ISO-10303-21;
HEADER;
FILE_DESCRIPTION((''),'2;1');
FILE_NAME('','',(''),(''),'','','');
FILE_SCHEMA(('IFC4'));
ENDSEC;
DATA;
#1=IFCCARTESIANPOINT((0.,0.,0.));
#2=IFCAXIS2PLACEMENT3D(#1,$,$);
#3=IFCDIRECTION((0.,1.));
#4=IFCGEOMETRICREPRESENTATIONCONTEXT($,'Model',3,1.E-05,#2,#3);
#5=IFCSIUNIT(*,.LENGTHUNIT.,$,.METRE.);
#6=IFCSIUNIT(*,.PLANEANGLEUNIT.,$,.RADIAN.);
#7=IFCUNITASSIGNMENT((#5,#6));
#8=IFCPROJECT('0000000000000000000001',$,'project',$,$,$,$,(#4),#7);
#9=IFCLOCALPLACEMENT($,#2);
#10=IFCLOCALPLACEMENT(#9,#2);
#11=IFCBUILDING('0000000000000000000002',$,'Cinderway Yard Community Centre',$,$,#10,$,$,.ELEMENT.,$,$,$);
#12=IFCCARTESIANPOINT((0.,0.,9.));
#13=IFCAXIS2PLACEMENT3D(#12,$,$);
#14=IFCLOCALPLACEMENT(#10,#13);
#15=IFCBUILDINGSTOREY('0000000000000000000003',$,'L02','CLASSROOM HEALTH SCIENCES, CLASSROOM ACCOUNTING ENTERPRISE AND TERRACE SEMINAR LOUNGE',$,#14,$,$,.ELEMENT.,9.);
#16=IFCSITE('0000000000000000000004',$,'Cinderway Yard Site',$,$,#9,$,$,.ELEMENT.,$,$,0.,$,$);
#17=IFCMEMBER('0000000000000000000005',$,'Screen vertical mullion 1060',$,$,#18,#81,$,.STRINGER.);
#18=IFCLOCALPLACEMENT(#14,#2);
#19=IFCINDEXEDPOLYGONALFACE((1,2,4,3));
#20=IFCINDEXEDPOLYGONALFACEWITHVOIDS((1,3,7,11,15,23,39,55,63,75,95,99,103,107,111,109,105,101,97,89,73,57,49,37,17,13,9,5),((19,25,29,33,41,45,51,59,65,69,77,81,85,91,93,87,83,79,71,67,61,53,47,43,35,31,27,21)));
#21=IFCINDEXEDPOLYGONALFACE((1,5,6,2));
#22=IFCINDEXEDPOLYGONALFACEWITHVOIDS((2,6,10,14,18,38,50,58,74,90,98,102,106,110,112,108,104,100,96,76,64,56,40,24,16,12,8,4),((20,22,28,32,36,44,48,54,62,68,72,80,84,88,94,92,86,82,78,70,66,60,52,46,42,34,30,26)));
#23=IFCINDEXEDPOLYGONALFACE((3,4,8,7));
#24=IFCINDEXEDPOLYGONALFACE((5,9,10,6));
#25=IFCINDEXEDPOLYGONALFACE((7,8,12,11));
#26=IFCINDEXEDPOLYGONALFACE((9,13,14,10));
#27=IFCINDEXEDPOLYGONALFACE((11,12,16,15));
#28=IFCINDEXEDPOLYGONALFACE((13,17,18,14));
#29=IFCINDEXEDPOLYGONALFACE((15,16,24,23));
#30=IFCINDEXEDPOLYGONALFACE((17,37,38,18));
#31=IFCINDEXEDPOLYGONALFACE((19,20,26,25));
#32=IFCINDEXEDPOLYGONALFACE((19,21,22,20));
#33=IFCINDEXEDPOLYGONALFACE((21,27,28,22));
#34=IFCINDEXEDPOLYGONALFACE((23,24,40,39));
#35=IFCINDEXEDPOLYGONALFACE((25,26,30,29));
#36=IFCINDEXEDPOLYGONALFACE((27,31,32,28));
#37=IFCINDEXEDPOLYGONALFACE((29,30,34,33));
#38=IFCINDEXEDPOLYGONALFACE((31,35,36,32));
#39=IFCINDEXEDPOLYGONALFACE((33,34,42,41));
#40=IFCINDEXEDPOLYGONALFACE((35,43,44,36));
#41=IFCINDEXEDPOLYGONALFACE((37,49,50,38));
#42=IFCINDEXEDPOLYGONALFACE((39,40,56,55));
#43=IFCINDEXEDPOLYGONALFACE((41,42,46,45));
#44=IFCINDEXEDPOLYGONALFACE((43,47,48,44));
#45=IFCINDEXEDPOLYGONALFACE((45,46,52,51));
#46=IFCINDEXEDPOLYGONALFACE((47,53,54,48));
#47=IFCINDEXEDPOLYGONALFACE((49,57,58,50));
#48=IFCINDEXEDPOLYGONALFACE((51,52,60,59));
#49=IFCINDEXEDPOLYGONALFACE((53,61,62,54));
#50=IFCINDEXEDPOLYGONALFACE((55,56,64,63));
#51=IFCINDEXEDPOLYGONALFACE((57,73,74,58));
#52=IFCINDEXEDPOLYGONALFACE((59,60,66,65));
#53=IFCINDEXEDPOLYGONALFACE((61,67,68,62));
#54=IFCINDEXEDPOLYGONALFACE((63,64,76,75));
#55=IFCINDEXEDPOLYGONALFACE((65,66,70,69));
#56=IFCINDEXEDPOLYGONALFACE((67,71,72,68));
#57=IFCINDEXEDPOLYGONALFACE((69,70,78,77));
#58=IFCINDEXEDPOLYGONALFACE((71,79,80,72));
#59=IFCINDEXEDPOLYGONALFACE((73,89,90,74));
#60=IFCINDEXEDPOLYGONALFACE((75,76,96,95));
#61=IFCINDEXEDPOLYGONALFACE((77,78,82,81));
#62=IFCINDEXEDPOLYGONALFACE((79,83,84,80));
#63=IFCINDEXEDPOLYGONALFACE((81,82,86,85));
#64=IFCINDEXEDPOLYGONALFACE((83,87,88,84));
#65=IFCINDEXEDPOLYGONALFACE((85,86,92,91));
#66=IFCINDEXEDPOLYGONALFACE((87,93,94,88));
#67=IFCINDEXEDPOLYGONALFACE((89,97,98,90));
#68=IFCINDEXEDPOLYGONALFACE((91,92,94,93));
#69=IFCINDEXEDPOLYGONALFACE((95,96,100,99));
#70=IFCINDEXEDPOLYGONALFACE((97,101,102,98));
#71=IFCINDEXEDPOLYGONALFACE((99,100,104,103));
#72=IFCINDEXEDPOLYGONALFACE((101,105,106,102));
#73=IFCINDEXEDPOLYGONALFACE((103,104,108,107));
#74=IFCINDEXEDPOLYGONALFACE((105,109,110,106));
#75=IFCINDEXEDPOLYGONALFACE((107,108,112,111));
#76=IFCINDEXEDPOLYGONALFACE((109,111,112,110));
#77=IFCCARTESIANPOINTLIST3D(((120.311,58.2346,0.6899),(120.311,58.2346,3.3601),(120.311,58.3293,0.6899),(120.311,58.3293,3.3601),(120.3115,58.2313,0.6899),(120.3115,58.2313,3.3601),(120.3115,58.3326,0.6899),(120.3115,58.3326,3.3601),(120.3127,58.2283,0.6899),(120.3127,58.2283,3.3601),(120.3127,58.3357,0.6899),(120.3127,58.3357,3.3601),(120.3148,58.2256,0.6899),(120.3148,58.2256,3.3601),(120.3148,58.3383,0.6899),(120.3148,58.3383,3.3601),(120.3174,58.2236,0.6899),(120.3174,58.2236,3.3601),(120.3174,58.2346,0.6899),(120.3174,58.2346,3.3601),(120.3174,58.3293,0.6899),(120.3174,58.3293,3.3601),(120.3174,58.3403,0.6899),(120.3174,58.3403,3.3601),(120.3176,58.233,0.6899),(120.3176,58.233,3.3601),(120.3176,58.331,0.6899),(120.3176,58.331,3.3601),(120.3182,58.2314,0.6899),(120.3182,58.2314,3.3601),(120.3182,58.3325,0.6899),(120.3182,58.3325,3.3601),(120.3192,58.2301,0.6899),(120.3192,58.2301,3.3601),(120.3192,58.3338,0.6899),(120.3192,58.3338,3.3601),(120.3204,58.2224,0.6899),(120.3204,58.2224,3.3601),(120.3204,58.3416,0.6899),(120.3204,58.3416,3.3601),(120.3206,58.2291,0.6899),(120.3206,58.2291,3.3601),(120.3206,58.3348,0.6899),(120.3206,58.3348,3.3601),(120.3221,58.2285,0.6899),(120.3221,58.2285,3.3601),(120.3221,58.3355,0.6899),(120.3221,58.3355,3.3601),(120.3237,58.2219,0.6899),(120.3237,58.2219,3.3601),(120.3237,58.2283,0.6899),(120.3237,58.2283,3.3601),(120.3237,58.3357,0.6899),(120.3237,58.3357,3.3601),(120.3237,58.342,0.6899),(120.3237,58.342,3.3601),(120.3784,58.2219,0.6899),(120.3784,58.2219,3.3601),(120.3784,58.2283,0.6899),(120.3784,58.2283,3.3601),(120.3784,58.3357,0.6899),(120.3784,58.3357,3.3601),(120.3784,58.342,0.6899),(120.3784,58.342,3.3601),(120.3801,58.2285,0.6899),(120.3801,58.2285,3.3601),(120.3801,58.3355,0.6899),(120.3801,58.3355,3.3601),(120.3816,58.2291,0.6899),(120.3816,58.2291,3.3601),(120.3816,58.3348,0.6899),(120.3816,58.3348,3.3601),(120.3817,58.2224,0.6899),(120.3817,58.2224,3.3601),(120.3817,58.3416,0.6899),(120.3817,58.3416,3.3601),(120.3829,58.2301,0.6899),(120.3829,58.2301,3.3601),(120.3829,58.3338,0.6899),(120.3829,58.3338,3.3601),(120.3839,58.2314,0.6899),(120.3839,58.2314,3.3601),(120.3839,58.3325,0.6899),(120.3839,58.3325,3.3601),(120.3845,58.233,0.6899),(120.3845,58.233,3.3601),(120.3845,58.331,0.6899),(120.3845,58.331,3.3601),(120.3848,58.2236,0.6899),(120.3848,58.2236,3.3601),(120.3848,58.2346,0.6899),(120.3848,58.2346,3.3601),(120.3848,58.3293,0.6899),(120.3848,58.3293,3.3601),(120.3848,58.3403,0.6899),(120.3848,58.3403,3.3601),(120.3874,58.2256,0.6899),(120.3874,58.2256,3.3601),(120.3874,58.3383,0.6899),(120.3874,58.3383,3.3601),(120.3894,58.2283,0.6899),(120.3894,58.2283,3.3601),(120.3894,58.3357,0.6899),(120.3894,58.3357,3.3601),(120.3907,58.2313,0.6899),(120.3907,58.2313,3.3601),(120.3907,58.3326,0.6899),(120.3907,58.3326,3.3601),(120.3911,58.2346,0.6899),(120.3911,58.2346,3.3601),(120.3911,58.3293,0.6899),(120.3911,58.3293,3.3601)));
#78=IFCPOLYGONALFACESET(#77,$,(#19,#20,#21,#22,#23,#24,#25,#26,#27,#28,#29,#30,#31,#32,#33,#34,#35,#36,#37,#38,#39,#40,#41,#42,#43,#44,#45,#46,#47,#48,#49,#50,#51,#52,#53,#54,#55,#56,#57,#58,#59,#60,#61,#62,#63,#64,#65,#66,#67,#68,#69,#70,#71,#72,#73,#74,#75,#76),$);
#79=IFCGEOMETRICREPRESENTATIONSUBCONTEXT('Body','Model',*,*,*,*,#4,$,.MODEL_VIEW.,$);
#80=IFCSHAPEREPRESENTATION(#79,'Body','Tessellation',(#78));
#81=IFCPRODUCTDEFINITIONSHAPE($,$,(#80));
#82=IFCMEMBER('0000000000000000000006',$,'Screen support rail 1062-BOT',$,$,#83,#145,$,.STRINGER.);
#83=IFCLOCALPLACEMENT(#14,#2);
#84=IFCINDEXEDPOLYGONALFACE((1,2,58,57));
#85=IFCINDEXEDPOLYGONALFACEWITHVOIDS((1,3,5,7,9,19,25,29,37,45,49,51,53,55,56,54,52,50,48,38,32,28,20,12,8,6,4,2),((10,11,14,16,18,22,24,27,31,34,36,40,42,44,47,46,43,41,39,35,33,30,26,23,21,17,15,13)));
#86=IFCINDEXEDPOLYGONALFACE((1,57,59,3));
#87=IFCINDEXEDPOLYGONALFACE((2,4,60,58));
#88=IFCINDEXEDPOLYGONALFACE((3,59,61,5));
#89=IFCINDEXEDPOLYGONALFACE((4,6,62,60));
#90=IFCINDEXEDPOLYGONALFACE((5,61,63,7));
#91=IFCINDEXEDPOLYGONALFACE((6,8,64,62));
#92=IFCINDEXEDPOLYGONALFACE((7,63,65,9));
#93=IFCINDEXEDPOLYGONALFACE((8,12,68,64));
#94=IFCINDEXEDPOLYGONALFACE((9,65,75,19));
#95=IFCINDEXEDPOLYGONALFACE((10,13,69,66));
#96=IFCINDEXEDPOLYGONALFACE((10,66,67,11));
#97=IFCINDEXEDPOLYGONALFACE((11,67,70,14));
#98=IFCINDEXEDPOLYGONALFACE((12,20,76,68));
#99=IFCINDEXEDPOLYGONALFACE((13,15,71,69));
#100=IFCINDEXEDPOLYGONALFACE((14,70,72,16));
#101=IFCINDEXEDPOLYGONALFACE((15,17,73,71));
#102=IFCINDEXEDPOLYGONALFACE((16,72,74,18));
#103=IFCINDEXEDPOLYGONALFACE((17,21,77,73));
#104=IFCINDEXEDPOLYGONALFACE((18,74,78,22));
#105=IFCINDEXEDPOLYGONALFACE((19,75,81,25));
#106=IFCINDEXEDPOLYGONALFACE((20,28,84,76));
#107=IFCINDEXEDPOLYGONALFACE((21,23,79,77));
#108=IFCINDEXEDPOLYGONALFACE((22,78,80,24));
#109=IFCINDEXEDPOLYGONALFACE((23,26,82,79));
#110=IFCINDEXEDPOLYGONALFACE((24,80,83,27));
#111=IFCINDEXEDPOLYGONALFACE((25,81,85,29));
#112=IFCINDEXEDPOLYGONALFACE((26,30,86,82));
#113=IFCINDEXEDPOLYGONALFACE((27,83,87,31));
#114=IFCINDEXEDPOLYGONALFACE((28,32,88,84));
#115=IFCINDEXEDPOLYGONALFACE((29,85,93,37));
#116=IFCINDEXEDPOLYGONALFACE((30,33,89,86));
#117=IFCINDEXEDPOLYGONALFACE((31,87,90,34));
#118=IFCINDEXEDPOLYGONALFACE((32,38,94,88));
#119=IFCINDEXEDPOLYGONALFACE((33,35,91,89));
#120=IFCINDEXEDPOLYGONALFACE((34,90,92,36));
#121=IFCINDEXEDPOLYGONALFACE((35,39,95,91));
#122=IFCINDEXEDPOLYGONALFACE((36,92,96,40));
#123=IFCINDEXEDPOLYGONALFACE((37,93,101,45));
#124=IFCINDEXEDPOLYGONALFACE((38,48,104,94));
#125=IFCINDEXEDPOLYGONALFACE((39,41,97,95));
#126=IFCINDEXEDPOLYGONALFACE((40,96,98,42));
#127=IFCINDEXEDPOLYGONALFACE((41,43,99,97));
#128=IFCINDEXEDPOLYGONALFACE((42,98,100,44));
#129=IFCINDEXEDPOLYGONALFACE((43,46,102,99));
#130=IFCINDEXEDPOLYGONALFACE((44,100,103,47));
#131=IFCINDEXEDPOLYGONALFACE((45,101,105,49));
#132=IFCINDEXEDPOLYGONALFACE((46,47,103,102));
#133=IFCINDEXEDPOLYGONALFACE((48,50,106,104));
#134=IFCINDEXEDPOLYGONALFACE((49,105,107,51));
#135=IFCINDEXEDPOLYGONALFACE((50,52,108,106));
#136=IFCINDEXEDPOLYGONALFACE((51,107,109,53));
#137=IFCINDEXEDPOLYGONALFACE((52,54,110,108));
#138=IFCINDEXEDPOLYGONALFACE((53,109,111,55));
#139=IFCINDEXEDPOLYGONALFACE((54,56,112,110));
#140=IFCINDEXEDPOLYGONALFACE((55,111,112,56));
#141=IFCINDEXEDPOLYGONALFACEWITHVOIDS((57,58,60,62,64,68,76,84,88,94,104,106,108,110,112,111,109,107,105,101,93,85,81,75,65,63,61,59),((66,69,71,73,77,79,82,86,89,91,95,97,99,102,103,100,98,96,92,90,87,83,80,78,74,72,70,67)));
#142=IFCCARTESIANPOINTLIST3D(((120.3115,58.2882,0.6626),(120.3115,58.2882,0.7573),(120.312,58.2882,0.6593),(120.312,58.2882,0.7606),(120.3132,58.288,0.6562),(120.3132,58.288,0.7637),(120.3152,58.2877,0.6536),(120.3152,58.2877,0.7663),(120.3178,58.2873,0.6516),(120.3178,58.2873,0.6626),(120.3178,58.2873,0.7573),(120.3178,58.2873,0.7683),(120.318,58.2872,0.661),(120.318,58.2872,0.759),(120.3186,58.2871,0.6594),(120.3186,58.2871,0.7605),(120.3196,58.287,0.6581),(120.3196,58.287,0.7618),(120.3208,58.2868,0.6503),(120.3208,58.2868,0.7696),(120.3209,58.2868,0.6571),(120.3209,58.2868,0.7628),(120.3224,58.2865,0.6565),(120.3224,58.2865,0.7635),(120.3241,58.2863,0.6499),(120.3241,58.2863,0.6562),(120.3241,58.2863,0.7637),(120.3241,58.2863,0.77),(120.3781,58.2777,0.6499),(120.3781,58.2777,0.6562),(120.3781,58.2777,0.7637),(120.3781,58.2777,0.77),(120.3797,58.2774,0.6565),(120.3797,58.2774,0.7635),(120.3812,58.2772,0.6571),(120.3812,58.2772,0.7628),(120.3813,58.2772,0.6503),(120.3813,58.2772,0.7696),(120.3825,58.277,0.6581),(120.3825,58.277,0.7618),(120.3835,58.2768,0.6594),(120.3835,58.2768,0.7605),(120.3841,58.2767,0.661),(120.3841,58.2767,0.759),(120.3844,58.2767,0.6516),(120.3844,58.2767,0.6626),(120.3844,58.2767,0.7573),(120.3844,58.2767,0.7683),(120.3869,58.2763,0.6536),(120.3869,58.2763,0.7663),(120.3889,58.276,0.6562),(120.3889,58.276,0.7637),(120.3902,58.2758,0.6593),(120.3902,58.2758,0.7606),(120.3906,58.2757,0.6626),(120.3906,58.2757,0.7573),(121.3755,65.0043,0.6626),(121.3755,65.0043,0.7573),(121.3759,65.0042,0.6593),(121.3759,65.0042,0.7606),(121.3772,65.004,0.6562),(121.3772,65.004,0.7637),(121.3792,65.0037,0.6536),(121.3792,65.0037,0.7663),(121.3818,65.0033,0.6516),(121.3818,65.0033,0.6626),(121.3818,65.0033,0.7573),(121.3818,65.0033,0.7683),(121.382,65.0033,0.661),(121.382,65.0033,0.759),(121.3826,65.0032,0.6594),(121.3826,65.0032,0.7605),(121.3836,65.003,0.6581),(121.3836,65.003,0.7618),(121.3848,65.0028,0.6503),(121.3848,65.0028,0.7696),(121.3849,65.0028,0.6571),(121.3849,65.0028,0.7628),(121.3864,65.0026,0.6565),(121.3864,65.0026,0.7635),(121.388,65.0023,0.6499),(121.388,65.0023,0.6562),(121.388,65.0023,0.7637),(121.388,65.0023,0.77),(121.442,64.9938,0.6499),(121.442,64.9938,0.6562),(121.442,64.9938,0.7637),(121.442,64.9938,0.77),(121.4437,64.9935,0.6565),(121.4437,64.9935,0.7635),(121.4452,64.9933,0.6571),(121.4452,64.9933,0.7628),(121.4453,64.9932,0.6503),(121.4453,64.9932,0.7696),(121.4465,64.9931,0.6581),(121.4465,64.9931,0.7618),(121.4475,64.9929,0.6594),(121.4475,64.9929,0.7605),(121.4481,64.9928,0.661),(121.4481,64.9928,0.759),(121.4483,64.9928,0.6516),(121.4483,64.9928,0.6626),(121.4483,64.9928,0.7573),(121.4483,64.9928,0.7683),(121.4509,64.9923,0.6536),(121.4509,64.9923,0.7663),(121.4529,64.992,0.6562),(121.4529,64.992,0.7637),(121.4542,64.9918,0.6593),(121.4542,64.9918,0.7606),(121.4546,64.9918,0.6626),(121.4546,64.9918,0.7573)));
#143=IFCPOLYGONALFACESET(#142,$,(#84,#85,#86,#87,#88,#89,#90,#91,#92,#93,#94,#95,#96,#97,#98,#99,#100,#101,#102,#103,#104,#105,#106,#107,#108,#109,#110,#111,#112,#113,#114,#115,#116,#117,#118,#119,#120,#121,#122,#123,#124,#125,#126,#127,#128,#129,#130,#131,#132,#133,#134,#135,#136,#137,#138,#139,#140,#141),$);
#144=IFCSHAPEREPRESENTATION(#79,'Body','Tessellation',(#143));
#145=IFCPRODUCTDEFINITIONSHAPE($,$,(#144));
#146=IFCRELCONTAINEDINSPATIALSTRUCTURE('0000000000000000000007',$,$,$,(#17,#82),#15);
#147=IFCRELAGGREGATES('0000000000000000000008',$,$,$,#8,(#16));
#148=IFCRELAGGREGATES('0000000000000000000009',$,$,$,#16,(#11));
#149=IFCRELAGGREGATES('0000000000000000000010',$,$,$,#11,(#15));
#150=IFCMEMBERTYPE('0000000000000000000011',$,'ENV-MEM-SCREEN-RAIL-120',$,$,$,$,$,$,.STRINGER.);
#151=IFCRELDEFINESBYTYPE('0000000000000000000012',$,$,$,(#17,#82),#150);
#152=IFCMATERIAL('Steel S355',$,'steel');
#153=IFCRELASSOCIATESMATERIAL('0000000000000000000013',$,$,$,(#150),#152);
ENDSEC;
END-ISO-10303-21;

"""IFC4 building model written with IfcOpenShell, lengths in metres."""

from ifc_helpers import new_model, si_unit, direction, frame, origin, origin_2d, place, context, subcontext, project, spatial, hollow_rectangle, extrude, material, material_profile, profile_set, type_object, element, save


model = new_model("IFC4")

# Units and contexts
model_context = context("Model", 3, precision=1e-05, world=origin(), true_north=direction((0.0, 1.0)))
body_context = subcontext(model_context, "Body", "Model", "MODEL_VIEW")
ifc_project = project(units=[si_unit("LENGTHUNIT", "METRE"), si_unit("PLANEANGLEUNIT", "RADIAN")], contexts=[model_context])

# Site, building, storey
site_placement = place(None, origin())
site = spatial("IfcSite", under=ifc_project, at=site_placement, Name="Cinderway Yard Site", CompositionType="ELEMENT", RefElevation=0.0)
building_placement = place(site_placement, origin())
building = spatial("IfcBuilding", under=site, at=building_placement, Name="Cinderway Yard Community Centre", CompositionType="ELEMENT")
storey_placement = place(building_placement, frame((0.0, 0.0, 9.0)))
storey = spatial("IfcBuildingStorey", under=building, at=storey_placement, Name="L02", Description="CLASSROOM HEALTH SCIENCES, CLASSROOM ACCOUNTING ENTERPRISE AND TERRACE SEMINAR LOUNGE", CompositionType="ELEMENT", Elevation=9.0)

# Members
ifc_material_1 = material(Name="Steel S355", Category="steel")
ifc_material_profile_1 = material_profile(ifc_material_1, hollow_rectangle(XDim=0.0801, YDim=0.1201, WallThickness=0.0063, InnerFilletRadius=0.0063, OuterFilletRadius=0.0127, at=origin_2d()), Name="Steel S355")
ifc_profile_set_1 = profile_set([ifc_material_profile_1], Name="Steel S355")
member_type_1 = type_object("IfcMemberType", Name="ENV-MEM-SCREEN-RAIL-120", PredefinedType="STRINGER", material=ifc_profile_set_1)
member_1_placement = place(storey_placement, frame((120.3511, 58.282, 0.6899), z_axis=(0.0, 0.0, 1.0), x_axis=(1.0, 0.0, 0.0)))
element("IfcMember", 1, at=member_1_placement, inside=storey, type_object=member_type_1, Name="Screen vertical mullion 1060", PredefinedType="STRINGER", context=body_context, shape_type="SweptSolid", body=[
    extrude(hollow_rectangle(XDim=0.0801, YDim=0.1201, WallThickness=0.0063, InnerFilletRadius=0.0063, OuterFilletRadius=0.0127, at=origin_2d()), origin(), (0.0, 0.0, 1.0), 2.6702),
])
for number, where, z_axis, x_axis, name in (
    (2, (120.3511, 58.282, 0.71), (0.15647, 0.987683, 0.0), (-0.987683, 0.15647, 0.0), "Screen support rail 1062-BOT"),
):
    element("IfcMember", number, at=place(storey_placement, frame(where, z_axis=z_axis, x_axis=x_axis)), inside=storey, type_object=member_type_1, Name=name, PredefinedType="STRINGER", context=body_context, shape_type="SweptSolid", body=[
        extrude(hollow_rectangle(XDim=0.0801, YDim=0.1201, WallThickness=0.0063, InnerFilletRadius=0.0063, OuterFilletRadius=0.0127, at=origin_2d()), origin(), (0.0, 0.0, 1.0), 6.7998),
    ])

save(model, "model.ifc")
